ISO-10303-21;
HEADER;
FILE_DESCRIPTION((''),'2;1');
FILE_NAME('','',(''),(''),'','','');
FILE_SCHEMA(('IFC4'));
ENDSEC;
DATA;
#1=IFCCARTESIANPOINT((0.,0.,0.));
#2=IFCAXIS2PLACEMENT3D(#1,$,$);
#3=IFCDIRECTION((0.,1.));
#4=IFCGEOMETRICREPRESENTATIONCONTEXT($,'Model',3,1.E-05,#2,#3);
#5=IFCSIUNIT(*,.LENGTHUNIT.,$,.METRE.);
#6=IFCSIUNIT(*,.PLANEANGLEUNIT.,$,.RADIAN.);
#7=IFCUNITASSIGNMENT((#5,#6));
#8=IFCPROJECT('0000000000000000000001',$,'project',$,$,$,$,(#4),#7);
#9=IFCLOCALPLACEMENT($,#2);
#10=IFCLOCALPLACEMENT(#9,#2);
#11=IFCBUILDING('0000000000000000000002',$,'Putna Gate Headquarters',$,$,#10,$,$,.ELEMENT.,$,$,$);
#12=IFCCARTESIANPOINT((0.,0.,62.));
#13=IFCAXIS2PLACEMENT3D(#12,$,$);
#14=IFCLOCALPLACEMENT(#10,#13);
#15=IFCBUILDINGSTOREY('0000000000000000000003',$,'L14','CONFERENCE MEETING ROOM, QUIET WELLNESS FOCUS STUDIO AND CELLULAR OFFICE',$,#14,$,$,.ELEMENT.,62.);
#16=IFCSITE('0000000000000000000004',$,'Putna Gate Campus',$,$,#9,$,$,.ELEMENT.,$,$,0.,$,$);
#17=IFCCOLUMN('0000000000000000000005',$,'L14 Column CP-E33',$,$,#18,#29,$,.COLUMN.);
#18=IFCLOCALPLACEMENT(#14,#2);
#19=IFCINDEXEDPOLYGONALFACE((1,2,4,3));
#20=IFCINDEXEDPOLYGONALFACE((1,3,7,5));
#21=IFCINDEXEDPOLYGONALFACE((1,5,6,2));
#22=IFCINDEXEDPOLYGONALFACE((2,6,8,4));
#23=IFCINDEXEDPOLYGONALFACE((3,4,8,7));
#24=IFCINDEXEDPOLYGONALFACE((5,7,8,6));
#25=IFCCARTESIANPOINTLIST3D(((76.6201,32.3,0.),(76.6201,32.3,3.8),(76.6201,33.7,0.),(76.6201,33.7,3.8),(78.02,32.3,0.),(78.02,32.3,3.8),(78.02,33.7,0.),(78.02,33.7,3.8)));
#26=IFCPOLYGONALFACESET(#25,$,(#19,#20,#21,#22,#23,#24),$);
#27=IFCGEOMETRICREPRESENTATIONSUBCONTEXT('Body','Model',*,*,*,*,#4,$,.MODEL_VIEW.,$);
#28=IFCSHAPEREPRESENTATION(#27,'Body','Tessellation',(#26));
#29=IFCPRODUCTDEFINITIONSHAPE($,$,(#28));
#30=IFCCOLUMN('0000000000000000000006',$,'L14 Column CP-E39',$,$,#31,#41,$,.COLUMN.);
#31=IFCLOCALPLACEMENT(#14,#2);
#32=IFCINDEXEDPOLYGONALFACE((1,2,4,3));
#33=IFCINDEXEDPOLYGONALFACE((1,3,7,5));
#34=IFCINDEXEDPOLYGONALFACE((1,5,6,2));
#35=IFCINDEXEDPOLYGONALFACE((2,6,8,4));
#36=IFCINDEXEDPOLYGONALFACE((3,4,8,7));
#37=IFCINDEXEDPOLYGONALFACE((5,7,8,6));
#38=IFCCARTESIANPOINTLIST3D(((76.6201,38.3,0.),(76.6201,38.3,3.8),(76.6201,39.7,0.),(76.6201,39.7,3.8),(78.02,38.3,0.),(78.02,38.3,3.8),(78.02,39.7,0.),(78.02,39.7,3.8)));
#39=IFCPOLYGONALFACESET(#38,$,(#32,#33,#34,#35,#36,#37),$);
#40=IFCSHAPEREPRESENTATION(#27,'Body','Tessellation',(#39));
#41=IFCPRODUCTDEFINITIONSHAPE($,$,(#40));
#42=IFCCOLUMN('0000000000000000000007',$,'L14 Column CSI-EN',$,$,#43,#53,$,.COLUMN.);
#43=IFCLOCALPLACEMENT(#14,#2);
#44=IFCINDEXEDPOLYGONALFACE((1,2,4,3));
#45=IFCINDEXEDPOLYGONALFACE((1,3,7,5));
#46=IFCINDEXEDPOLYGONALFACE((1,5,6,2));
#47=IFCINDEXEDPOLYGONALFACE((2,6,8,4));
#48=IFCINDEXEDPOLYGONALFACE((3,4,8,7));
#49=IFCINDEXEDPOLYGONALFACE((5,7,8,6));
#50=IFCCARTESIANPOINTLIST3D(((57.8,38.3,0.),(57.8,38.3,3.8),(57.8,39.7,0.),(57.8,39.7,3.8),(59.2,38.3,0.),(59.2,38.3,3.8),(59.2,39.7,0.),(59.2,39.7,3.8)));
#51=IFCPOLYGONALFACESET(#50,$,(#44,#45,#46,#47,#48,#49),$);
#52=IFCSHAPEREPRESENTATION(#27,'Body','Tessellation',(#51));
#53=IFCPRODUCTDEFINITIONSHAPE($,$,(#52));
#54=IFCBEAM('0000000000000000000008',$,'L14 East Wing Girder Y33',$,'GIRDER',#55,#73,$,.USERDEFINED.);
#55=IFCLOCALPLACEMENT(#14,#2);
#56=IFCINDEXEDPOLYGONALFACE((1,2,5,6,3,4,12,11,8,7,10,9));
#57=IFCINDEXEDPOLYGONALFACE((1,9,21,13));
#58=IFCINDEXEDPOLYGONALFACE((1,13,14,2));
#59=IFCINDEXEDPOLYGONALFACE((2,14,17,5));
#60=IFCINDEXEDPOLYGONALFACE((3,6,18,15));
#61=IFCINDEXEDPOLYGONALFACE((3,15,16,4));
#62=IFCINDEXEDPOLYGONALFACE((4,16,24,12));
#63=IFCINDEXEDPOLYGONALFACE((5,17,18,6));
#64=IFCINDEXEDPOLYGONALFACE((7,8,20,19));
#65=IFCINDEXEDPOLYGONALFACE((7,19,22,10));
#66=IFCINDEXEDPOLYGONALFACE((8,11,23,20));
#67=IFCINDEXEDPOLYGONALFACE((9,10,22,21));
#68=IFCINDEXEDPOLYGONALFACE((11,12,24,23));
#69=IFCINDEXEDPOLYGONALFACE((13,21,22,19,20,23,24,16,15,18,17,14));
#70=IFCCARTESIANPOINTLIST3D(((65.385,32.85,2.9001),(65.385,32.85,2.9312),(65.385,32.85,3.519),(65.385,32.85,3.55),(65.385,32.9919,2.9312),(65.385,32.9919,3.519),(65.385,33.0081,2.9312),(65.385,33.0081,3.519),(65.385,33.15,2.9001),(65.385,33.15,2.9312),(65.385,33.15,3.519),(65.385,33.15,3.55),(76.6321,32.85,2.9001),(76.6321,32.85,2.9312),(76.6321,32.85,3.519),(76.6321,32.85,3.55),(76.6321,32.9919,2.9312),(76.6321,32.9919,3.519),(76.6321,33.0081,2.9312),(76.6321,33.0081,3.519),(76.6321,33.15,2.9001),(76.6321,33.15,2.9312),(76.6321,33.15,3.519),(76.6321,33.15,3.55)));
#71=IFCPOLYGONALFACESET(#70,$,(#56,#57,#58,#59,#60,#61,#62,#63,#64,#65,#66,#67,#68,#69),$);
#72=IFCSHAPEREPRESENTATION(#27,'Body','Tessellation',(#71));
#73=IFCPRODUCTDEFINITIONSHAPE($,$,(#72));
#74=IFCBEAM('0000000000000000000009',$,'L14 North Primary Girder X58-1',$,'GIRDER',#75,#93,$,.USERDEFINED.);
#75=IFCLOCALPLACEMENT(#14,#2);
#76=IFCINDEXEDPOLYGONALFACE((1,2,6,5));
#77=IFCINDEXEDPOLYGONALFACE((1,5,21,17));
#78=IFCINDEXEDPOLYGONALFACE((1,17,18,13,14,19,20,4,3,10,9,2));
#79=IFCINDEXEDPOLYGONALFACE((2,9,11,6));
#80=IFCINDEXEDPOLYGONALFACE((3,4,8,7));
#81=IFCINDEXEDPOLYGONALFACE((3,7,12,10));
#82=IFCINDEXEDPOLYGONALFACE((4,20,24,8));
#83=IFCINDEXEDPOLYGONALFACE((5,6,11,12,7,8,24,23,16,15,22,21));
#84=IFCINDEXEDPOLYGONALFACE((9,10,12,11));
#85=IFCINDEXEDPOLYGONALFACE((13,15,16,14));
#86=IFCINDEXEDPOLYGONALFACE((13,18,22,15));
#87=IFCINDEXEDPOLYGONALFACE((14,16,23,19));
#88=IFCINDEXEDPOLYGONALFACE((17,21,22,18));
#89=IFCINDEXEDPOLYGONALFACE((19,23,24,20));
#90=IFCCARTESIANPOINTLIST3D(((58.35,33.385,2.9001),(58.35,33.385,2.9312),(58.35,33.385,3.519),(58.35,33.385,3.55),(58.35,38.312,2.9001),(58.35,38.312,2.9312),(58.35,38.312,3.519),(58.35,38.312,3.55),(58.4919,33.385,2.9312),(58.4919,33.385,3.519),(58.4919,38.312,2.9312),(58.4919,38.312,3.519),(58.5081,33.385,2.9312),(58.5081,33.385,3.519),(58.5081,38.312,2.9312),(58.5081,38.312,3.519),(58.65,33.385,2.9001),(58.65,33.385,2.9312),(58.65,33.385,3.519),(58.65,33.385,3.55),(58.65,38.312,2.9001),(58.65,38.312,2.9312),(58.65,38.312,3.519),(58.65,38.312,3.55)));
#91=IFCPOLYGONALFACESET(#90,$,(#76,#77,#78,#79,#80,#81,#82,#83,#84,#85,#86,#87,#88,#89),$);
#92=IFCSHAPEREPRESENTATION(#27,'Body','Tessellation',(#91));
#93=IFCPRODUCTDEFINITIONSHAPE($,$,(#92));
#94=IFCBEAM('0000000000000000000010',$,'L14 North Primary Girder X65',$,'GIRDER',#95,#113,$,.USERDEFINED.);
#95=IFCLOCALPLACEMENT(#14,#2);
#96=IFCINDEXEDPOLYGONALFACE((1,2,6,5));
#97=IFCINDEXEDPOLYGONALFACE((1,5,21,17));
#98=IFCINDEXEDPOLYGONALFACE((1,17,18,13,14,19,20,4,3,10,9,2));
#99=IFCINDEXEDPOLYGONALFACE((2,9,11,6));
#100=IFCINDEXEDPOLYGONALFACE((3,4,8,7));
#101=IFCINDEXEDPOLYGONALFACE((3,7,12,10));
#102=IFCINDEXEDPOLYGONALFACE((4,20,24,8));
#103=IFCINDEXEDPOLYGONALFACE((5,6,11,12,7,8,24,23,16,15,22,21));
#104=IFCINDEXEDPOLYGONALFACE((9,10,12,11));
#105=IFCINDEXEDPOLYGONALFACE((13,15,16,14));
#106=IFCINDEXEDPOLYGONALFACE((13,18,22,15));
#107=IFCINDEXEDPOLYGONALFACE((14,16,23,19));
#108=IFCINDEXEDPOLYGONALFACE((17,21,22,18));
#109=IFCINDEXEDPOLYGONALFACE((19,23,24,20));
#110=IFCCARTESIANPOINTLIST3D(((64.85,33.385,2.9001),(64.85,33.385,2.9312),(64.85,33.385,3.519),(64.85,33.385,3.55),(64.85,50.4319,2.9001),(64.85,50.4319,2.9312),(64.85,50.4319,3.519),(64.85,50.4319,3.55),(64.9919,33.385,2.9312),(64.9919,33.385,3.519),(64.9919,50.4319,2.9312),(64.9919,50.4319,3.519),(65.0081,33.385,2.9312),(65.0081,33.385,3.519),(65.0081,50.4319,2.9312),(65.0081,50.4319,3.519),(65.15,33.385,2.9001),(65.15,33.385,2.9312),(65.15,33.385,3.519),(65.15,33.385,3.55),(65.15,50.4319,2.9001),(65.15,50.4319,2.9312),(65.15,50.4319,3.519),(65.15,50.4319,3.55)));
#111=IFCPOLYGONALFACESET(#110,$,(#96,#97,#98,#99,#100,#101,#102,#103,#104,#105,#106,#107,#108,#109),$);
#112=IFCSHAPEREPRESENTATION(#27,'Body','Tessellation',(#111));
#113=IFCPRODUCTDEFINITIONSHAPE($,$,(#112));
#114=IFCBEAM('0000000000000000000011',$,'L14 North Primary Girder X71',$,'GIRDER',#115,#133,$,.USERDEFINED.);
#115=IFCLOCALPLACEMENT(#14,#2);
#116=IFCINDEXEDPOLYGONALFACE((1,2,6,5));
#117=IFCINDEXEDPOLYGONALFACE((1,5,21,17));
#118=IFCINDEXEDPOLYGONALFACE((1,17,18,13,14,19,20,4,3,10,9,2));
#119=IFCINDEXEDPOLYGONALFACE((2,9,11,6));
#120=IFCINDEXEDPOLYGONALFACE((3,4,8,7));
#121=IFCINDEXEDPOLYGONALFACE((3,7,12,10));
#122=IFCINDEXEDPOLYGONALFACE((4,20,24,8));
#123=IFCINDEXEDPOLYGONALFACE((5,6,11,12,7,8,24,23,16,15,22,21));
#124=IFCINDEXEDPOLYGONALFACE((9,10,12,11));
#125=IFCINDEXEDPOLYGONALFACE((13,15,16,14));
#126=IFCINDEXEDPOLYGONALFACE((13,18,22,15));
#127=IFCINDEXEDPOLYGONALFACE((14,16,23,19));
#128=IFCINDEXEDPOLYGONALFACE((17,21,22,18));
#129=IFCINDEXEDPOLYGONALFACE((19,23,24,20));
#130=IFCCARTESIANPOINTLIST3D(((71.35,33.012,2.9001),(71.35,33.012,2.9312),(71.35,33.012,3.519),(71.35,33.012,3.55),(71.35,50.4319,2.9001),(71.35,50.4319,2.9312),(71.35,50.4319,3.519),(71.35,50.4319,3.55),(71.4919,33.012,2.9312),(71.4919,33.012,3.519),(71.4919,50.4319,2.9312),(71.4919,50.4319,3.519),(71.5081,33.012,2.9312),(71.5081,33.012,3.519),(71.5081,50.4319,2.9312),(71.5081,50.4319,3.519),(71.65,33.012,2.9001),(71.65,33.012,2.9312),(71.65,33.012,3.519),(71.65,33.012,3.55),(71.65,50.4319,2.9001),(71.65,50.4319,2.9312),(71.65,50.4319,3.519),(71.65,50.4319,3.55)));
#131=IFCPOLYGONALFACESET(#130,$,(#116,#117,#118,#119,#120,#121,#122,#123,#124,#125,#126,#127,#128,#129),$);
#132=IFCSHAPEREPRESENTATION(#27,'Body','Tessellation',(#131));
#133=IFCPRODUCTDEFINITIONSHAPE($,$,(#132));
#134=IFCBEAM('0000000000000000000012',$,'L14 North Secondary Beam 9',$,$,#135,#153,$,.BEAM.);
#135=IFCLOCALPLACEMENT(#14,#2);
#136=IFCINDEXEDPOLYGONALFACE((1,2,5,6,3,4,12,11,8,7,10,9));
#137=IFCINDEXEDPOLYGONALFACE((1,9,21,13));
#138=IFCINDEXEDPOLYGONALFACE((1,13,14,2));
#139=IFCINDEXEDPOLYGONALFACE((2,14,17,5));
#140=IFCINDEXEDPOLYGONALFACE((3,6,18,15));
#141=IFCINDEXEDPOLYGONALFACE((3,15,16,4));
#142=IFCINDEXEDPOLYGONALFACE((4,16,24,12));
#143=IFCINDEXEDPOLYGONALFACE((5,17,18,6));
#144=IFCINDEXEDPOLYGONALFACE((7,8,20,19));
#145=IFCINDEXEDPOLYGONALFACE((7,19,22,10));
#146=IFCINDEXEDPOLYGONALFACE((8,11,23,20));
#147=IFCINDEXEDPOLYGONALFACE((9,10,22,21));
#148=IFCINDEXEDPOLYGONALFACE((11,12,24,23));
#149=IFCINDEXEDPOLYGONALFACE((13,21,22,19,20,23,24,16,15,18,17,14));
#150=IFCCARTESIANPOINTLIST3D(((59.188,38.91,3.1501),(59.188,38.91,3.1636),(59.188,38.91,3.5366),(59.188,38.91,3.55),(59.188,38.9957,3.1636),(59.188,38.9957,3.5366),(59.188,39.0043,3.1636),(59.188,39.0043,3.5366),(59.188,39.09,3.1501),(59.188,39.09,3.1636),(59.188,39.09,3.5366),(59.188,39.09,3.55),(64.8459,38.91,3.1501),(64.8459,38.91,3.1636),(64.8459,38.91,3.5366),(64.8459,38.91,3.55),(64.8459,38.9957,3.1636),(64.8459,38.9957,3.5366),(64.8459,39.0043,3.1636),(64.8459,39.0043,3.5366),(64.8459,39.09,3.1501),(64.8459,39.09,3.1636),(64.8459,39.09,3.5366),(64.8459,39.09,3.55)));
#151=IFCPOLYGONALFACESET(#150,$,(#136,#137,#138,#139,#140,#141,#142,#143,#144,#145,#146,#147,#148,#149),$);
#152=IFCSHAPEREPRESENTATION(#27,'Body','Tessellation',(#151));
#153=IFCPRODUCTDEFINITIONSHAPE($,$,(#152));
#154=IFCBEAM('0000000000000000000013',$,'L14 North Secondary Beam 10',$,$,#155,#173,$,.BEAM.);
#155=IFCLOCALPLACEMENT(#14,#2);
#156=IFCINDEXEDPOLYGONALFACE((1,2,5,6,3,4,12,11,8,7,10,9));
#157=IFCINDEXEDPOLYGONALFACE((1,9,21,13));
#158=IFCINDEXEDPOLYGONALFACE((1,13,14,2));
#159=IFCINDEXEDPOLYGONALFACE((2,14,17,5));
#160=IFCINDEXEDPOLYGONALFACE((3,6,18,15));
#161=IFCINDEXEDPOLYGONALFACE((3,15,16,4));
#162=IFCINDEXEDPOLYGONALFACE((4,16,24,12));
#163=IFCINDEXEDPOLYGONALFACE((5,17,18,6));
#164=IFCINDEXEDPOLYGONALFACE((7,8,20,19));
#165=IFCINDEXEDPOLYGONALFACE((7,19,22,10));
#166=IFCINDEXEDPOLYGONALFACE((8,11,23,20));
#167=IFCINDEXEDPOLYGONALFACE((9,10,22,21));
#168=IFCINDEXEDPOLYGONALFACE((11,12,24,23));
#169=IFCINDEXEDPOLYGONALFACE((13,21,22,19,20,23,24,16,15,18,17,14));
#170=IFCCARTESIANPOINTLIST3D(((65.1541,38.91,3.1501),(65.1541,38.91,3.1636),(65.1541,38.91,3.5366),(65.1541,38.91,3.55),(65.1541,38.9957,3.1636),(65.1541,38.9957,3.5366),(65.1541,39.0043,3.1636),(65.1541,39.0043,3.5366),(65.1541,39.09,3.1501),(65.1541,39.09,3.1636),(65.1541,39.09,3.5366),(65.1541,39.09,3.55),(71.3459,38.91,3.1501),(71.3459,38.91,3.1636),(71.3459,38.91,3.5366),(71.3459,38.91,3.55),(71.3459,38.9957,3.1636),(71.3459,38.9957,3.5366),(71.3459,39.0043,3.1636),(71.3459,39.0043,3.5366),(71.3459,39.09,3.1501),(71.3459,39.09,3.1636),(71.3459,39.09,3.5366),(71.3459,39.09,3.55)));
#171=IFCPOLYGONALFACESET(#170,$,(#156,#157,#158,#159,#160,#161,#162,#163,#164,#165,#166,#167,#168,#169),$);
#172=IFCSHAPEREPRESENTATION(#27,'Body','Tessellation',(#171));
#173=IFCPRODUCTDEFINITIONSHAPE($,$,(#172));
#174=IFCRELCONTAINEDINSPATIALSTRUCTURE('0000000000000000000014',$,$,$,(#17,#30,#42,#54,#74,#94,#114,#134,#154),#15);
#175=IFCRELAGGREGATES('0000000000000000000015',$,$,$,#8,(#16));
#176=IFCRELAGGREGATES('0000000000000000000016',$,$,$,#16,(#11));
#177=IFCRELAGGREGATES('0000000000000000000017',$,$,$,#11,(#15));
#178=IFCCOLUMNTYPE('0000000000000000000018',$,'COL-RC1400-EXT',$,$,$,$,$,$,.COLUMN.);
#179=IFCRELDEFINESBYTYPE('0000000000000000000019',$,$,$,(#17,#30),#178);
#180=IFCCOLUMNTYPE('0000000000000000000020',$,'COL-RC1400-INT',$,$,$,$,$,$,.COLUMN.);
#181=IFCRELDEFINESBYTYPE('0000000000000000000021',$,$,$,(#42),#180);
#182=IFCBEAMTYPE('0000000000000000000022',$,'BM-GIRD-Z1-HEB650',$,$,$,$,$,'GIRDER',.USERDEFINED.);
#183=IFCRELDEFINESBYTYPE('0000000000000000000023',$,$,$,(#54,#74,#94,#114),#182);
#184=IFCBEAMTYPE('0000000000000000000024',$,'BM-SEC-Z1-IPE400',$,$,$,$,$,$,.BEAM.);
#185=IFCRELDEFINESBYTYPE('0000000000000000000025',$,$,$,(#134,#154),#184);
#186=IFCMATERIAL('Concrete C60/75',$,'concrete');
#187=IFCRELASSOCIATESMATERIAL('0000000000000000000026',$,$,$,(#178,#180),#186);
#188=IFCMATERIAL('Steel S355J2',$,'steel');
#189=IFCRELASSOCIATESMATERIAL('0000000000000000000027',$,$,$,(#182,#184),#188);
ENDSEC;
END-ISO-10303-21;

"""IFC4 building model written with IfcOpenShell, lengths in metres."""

from ifc_helpers import new_model, si_unit, direction, frame, origin, origin_2d, place, context, subcontext, project, spatial, rectangle, i_section, extrude, material, material_profile, profile_set, type_object, element, save


model = new_model("IFC4")

# Units and contexts
model_context = context("Model", 3, precision=1e-05, world=origin(), true_north=direction((0.0, 1.0)))
body_context = subcontext(model_context, "Body", "Model", "MODEL_VIEW")
ifc_project = project(units=[si_unit("LENGTHUNIT", "METRE"), si_unit("PLANEANGLEUNIT", "RADIAN")], contexts=[model_context])

# Site, building, storey
site_placement = place(None, origin())
site = spatial("IfcSite", under=ifc_project, at=site_placement, Name="Putna Gate Campus", CompositionType="ELEMENT", RefElevation=0.0)
building_placement = place(site_placement, origin())
building = spatial("IfcBuilding", under=site, at=building_placement, Name="Putna Gate Headquarters", CompositionType="ELEMENT")
storey_placement = place(building_placement, frame((0.0, 0.0, 62.0)))
storey = spatial("IfcBuildingStorey", under=building, at=storey_placement, Name="L14", Description="CONFERENCE MEETING ROOM, QUIET WELLNESS FOCUS STUDIO AND CELLULAR OFFICE", CompositionType="ELEMENT", Elevation=62.0)

# Columns
ifc_material_1 = material(Name="Concrete C60/75", Category="concrete")
ifc_material_profile_1 = material_profile(ifc_material_1, rectangle(XDim=1.3999, YDim=1.3999, at=origin_2d()), Name="Concrete C60/75")
ifc_profile_set_1 = profile_set([ifc_material_profile_1], Name="Concrete C60/75")
column_type_1 = type_object("IfcColumnType", Name="COL-RC1400-EXT", PredefinedType="COLUMN", material=ifc_profile_set_1)
for number, where, z_axis, x_axis, name in (
    (1, (77.3201, 33.0, 0.0), (0.0, 0.0, 1.0), (1.0, 0.0, 0.0), "L14 Column CP-E33"),
    (2, (77.3201, 39.0, 0.0), (0.0, 0.0, 1.0), (1.0, 0.0, 0.0), "L14 Column CP-E39"),
):
    element("IfcColumn", number, at=place(storey_placement, frame(where, z_axis=z_axis, x_axis=x_axis)), inside=storey, type_object=column_type_1, Name=name, PredefinedType="COLUMN", context=body_context, shape_type="SweptSolid", body=[
        extrude(rectangle(XDim=1.3999, YDim=1.3999, at=origin_2d()), origin(), (0.0, 0.0, 1.0), 3.8),
    ])
ifc_material_profile_2 = material_profile(ifc_material_1, rectangle(XDim=1.3999, YDim=1.3999, at=origin_2d()), Name="Concrete C60/75")
ifc_profile_set_2 = profile_set([ifc_material_profile_2], Name="Concrete C60/75")
column_type_2 = type_object("IfcColumnType", Name="COL-RC1400-INT", PredefinedType="COLUMN", material=ifc_profile_set_2)
column_placement = place(storey_placement, frame((58.5, 39.0, 0.0), z_axis=(0.0, 0.0, 1.0), x_axis=(1.0, 0.0, 0.0)))
element("IfcColumn", 3, at=column_placement, inside=storey, type_object=column_type_2, Name="L14 Column CSI-EN", PredefinedType="COLUMN", context=body_context, shape_type="SweptSolid", body=[
    extrude(rectangle(XDim=1.3999, YDim=1.3999, at=origin_2d()), origin(), (0.0, 0.0, 1.0), 3.8),
])

# Beams
ifc_material_2 = material(Name="Steel S355J2", Category="steel")
ifc_material_profile_3 = material_profile(ifc_material_2, i_section(OverallWidth=0.3, OverallDepth=0.6499, WebThickness=0.0161, FlangeThickness=0.031, at=origin_2d()), Name="Steel S355J2")
ifc_profile_set_3 = profile_set([ifc_material_profile_3], Name="Steel S355J2")
beam_type_1 = type_object("IfcBeamType", Name="BM-GIRD-Z1-HEB650", ElementType="GIRDER", PredefinedType="USERDEFINED", material=ifc_profile_set_3)
beam_1_placement = place(storey_placement, frame((65.385, 33.0, 3.2251), z_axis=(1.0, 0.0, 0.0), x_axis=(0.0, 1.0, 0.0)))
element("IfcBeam", 4, at=beam_1_placement, inside=storey, type_object=beam_type_1, Name="L14 East Wing Girder Y33", ObjectType="GIRDER", PredefinedType="USERDEFINED", context=body_context, shape_type="SweptSolid", body=[
    extrude(i_section(OverallWidth=0.3, OverallDepth=0.6499, WebThickness=0.0161, FlangeThickness=0.031, at=origin_2d()), origin(), (0.0, 0.0, 1.0), 11.2471),
])
beam_2_placement = place(storey_placement, frame((58.5, 33.385, 3.2251), z_axis=(0.0, 1.0, 0.0), x_axis=(-1.0, 0.0, 0.0)))
element("IfcBeam", 5, at=beam_2_placement, inside=storey, type_object=beam_type_1, Name="L14 North Primary Girder X58-1", ObjectType="GIRDER", PredefinedType="USERDEFINED", context=body_context, shape_type="SweptSolid", body=[
    extrude(i_section(OverallWidth=0.3, OverallDepth=0.6499, WebThickness=0.0161, FlangeThickness=0.031, at=origin_2d()), origin(), (0.0, 0.0, 1.0), 4.927),
])
beam_3_placement = place(storey_placement, frame((65.0, 33.385, 3.2251), z_axis=(0.0, 1.0, 0.0), x_axis=(-1.0, 0.0, 0.0)))
element("IfcBeam", 6, at=beam_3_placement, inside=storey, type_object=beam_type_1, Name="L14 North Primary Girder X65", ObjectType="GIRDER", PredefinedType="USERDEFINED", context=body_context, shape_type="SweptSolid", body=[
    extrude(i_section(OverallWidth=0.3, OverallDepth=0.6499, WebThickness=0.0161, FlangeThickness=0.031, at=origin_2d()), origin(), (0.0, 0.0, 1.0), 17.0469),
])
beam_4_placement = place(storey_placement, frame((71.5, 33.012, 3.2251), z_axis=(0.0, 1.0, 0.0), x_axis=(-1.0, 0.0, 0.0)))
element("IfcBeam", 7, at=beam_4_placement, inside=storey, type_object=beam_type_1, Name="L14 North Primary Girder X71", ObjectType="GIRDER", PredefinedType="USERDEFINED", context=body_context, shape_type="SweptSolid", body=[
    extrude(i_section(OverallWidth=0.3, OverallDepth=0.6499, WebThickness=0.0161, FlangeThickness=0.031, at=origin_2d()), origin(), (0.0, 0.0, 1.0), 17.4199),
])
ifc_material_profile_4 = material_profile(ifc_material_2, i_section(OverallWidth=0.1799, OverallDepth=0.3999, WebThickness=0.0085, FlangeThickness=0.0134, at=origin_2d()), Name="Steel S355J2")
ifc_profile_set_4 = profile_set([ifc_material_profile_4], Name="Steel S355J2")
beam_type_2 = type_object("IfcBeamType", Name="BM-SEC-Z1-IPE400", PredefinedType="BEAM", material=ifc_profile_set_4)
beam_5_placement = place(storey_placement, frame((59.188, 39.0, 3.3501), z_axis=(1.0, 0.0, 0.0), x_axis=(0.0, 1.0, 0.0)))
element("IfcBeam", 8, at=beam_5_placement, inside=storey, type_object=beam_type_2, Name="L14 North Secondary Beam 9", PredefinedType="BEAM", context=body_context, shape_type="SweptSolid", body=[
    extrude(i_section(OverallWidth=0.1799, OverallDepth=0.3999, WebThickness=0.0085, FlangeThickness=0.0134, at=origin_2d()), origin(), (0.0, 0.0, 1.0), 5.658),
])
beam_6_placement = place(storey_placement, frame((65.1541, 39.0, 3.3501), z_axis=(1.0, 0.0, 0.0), x_axis=(0.0, 1.0, 0.0)))
element("IfcBeam", 9, at=beam_6_placement, inside=storey, type_object=beam_type_2, Name="L14 North Secondary Beam 10", PredefinedType="BEAM", context=body_context, shape_type="SweptSolid", body=[
    extrude(i_section(OverallWidth=0.1799, OverallDepth=0.3999, WebThickness=0.0085, FlangeThickness=0.0134, at=origin_2d()), origin(), (0.0, 0.0, 1.0), 6.1919),
])

save(model, "model.ifc")
